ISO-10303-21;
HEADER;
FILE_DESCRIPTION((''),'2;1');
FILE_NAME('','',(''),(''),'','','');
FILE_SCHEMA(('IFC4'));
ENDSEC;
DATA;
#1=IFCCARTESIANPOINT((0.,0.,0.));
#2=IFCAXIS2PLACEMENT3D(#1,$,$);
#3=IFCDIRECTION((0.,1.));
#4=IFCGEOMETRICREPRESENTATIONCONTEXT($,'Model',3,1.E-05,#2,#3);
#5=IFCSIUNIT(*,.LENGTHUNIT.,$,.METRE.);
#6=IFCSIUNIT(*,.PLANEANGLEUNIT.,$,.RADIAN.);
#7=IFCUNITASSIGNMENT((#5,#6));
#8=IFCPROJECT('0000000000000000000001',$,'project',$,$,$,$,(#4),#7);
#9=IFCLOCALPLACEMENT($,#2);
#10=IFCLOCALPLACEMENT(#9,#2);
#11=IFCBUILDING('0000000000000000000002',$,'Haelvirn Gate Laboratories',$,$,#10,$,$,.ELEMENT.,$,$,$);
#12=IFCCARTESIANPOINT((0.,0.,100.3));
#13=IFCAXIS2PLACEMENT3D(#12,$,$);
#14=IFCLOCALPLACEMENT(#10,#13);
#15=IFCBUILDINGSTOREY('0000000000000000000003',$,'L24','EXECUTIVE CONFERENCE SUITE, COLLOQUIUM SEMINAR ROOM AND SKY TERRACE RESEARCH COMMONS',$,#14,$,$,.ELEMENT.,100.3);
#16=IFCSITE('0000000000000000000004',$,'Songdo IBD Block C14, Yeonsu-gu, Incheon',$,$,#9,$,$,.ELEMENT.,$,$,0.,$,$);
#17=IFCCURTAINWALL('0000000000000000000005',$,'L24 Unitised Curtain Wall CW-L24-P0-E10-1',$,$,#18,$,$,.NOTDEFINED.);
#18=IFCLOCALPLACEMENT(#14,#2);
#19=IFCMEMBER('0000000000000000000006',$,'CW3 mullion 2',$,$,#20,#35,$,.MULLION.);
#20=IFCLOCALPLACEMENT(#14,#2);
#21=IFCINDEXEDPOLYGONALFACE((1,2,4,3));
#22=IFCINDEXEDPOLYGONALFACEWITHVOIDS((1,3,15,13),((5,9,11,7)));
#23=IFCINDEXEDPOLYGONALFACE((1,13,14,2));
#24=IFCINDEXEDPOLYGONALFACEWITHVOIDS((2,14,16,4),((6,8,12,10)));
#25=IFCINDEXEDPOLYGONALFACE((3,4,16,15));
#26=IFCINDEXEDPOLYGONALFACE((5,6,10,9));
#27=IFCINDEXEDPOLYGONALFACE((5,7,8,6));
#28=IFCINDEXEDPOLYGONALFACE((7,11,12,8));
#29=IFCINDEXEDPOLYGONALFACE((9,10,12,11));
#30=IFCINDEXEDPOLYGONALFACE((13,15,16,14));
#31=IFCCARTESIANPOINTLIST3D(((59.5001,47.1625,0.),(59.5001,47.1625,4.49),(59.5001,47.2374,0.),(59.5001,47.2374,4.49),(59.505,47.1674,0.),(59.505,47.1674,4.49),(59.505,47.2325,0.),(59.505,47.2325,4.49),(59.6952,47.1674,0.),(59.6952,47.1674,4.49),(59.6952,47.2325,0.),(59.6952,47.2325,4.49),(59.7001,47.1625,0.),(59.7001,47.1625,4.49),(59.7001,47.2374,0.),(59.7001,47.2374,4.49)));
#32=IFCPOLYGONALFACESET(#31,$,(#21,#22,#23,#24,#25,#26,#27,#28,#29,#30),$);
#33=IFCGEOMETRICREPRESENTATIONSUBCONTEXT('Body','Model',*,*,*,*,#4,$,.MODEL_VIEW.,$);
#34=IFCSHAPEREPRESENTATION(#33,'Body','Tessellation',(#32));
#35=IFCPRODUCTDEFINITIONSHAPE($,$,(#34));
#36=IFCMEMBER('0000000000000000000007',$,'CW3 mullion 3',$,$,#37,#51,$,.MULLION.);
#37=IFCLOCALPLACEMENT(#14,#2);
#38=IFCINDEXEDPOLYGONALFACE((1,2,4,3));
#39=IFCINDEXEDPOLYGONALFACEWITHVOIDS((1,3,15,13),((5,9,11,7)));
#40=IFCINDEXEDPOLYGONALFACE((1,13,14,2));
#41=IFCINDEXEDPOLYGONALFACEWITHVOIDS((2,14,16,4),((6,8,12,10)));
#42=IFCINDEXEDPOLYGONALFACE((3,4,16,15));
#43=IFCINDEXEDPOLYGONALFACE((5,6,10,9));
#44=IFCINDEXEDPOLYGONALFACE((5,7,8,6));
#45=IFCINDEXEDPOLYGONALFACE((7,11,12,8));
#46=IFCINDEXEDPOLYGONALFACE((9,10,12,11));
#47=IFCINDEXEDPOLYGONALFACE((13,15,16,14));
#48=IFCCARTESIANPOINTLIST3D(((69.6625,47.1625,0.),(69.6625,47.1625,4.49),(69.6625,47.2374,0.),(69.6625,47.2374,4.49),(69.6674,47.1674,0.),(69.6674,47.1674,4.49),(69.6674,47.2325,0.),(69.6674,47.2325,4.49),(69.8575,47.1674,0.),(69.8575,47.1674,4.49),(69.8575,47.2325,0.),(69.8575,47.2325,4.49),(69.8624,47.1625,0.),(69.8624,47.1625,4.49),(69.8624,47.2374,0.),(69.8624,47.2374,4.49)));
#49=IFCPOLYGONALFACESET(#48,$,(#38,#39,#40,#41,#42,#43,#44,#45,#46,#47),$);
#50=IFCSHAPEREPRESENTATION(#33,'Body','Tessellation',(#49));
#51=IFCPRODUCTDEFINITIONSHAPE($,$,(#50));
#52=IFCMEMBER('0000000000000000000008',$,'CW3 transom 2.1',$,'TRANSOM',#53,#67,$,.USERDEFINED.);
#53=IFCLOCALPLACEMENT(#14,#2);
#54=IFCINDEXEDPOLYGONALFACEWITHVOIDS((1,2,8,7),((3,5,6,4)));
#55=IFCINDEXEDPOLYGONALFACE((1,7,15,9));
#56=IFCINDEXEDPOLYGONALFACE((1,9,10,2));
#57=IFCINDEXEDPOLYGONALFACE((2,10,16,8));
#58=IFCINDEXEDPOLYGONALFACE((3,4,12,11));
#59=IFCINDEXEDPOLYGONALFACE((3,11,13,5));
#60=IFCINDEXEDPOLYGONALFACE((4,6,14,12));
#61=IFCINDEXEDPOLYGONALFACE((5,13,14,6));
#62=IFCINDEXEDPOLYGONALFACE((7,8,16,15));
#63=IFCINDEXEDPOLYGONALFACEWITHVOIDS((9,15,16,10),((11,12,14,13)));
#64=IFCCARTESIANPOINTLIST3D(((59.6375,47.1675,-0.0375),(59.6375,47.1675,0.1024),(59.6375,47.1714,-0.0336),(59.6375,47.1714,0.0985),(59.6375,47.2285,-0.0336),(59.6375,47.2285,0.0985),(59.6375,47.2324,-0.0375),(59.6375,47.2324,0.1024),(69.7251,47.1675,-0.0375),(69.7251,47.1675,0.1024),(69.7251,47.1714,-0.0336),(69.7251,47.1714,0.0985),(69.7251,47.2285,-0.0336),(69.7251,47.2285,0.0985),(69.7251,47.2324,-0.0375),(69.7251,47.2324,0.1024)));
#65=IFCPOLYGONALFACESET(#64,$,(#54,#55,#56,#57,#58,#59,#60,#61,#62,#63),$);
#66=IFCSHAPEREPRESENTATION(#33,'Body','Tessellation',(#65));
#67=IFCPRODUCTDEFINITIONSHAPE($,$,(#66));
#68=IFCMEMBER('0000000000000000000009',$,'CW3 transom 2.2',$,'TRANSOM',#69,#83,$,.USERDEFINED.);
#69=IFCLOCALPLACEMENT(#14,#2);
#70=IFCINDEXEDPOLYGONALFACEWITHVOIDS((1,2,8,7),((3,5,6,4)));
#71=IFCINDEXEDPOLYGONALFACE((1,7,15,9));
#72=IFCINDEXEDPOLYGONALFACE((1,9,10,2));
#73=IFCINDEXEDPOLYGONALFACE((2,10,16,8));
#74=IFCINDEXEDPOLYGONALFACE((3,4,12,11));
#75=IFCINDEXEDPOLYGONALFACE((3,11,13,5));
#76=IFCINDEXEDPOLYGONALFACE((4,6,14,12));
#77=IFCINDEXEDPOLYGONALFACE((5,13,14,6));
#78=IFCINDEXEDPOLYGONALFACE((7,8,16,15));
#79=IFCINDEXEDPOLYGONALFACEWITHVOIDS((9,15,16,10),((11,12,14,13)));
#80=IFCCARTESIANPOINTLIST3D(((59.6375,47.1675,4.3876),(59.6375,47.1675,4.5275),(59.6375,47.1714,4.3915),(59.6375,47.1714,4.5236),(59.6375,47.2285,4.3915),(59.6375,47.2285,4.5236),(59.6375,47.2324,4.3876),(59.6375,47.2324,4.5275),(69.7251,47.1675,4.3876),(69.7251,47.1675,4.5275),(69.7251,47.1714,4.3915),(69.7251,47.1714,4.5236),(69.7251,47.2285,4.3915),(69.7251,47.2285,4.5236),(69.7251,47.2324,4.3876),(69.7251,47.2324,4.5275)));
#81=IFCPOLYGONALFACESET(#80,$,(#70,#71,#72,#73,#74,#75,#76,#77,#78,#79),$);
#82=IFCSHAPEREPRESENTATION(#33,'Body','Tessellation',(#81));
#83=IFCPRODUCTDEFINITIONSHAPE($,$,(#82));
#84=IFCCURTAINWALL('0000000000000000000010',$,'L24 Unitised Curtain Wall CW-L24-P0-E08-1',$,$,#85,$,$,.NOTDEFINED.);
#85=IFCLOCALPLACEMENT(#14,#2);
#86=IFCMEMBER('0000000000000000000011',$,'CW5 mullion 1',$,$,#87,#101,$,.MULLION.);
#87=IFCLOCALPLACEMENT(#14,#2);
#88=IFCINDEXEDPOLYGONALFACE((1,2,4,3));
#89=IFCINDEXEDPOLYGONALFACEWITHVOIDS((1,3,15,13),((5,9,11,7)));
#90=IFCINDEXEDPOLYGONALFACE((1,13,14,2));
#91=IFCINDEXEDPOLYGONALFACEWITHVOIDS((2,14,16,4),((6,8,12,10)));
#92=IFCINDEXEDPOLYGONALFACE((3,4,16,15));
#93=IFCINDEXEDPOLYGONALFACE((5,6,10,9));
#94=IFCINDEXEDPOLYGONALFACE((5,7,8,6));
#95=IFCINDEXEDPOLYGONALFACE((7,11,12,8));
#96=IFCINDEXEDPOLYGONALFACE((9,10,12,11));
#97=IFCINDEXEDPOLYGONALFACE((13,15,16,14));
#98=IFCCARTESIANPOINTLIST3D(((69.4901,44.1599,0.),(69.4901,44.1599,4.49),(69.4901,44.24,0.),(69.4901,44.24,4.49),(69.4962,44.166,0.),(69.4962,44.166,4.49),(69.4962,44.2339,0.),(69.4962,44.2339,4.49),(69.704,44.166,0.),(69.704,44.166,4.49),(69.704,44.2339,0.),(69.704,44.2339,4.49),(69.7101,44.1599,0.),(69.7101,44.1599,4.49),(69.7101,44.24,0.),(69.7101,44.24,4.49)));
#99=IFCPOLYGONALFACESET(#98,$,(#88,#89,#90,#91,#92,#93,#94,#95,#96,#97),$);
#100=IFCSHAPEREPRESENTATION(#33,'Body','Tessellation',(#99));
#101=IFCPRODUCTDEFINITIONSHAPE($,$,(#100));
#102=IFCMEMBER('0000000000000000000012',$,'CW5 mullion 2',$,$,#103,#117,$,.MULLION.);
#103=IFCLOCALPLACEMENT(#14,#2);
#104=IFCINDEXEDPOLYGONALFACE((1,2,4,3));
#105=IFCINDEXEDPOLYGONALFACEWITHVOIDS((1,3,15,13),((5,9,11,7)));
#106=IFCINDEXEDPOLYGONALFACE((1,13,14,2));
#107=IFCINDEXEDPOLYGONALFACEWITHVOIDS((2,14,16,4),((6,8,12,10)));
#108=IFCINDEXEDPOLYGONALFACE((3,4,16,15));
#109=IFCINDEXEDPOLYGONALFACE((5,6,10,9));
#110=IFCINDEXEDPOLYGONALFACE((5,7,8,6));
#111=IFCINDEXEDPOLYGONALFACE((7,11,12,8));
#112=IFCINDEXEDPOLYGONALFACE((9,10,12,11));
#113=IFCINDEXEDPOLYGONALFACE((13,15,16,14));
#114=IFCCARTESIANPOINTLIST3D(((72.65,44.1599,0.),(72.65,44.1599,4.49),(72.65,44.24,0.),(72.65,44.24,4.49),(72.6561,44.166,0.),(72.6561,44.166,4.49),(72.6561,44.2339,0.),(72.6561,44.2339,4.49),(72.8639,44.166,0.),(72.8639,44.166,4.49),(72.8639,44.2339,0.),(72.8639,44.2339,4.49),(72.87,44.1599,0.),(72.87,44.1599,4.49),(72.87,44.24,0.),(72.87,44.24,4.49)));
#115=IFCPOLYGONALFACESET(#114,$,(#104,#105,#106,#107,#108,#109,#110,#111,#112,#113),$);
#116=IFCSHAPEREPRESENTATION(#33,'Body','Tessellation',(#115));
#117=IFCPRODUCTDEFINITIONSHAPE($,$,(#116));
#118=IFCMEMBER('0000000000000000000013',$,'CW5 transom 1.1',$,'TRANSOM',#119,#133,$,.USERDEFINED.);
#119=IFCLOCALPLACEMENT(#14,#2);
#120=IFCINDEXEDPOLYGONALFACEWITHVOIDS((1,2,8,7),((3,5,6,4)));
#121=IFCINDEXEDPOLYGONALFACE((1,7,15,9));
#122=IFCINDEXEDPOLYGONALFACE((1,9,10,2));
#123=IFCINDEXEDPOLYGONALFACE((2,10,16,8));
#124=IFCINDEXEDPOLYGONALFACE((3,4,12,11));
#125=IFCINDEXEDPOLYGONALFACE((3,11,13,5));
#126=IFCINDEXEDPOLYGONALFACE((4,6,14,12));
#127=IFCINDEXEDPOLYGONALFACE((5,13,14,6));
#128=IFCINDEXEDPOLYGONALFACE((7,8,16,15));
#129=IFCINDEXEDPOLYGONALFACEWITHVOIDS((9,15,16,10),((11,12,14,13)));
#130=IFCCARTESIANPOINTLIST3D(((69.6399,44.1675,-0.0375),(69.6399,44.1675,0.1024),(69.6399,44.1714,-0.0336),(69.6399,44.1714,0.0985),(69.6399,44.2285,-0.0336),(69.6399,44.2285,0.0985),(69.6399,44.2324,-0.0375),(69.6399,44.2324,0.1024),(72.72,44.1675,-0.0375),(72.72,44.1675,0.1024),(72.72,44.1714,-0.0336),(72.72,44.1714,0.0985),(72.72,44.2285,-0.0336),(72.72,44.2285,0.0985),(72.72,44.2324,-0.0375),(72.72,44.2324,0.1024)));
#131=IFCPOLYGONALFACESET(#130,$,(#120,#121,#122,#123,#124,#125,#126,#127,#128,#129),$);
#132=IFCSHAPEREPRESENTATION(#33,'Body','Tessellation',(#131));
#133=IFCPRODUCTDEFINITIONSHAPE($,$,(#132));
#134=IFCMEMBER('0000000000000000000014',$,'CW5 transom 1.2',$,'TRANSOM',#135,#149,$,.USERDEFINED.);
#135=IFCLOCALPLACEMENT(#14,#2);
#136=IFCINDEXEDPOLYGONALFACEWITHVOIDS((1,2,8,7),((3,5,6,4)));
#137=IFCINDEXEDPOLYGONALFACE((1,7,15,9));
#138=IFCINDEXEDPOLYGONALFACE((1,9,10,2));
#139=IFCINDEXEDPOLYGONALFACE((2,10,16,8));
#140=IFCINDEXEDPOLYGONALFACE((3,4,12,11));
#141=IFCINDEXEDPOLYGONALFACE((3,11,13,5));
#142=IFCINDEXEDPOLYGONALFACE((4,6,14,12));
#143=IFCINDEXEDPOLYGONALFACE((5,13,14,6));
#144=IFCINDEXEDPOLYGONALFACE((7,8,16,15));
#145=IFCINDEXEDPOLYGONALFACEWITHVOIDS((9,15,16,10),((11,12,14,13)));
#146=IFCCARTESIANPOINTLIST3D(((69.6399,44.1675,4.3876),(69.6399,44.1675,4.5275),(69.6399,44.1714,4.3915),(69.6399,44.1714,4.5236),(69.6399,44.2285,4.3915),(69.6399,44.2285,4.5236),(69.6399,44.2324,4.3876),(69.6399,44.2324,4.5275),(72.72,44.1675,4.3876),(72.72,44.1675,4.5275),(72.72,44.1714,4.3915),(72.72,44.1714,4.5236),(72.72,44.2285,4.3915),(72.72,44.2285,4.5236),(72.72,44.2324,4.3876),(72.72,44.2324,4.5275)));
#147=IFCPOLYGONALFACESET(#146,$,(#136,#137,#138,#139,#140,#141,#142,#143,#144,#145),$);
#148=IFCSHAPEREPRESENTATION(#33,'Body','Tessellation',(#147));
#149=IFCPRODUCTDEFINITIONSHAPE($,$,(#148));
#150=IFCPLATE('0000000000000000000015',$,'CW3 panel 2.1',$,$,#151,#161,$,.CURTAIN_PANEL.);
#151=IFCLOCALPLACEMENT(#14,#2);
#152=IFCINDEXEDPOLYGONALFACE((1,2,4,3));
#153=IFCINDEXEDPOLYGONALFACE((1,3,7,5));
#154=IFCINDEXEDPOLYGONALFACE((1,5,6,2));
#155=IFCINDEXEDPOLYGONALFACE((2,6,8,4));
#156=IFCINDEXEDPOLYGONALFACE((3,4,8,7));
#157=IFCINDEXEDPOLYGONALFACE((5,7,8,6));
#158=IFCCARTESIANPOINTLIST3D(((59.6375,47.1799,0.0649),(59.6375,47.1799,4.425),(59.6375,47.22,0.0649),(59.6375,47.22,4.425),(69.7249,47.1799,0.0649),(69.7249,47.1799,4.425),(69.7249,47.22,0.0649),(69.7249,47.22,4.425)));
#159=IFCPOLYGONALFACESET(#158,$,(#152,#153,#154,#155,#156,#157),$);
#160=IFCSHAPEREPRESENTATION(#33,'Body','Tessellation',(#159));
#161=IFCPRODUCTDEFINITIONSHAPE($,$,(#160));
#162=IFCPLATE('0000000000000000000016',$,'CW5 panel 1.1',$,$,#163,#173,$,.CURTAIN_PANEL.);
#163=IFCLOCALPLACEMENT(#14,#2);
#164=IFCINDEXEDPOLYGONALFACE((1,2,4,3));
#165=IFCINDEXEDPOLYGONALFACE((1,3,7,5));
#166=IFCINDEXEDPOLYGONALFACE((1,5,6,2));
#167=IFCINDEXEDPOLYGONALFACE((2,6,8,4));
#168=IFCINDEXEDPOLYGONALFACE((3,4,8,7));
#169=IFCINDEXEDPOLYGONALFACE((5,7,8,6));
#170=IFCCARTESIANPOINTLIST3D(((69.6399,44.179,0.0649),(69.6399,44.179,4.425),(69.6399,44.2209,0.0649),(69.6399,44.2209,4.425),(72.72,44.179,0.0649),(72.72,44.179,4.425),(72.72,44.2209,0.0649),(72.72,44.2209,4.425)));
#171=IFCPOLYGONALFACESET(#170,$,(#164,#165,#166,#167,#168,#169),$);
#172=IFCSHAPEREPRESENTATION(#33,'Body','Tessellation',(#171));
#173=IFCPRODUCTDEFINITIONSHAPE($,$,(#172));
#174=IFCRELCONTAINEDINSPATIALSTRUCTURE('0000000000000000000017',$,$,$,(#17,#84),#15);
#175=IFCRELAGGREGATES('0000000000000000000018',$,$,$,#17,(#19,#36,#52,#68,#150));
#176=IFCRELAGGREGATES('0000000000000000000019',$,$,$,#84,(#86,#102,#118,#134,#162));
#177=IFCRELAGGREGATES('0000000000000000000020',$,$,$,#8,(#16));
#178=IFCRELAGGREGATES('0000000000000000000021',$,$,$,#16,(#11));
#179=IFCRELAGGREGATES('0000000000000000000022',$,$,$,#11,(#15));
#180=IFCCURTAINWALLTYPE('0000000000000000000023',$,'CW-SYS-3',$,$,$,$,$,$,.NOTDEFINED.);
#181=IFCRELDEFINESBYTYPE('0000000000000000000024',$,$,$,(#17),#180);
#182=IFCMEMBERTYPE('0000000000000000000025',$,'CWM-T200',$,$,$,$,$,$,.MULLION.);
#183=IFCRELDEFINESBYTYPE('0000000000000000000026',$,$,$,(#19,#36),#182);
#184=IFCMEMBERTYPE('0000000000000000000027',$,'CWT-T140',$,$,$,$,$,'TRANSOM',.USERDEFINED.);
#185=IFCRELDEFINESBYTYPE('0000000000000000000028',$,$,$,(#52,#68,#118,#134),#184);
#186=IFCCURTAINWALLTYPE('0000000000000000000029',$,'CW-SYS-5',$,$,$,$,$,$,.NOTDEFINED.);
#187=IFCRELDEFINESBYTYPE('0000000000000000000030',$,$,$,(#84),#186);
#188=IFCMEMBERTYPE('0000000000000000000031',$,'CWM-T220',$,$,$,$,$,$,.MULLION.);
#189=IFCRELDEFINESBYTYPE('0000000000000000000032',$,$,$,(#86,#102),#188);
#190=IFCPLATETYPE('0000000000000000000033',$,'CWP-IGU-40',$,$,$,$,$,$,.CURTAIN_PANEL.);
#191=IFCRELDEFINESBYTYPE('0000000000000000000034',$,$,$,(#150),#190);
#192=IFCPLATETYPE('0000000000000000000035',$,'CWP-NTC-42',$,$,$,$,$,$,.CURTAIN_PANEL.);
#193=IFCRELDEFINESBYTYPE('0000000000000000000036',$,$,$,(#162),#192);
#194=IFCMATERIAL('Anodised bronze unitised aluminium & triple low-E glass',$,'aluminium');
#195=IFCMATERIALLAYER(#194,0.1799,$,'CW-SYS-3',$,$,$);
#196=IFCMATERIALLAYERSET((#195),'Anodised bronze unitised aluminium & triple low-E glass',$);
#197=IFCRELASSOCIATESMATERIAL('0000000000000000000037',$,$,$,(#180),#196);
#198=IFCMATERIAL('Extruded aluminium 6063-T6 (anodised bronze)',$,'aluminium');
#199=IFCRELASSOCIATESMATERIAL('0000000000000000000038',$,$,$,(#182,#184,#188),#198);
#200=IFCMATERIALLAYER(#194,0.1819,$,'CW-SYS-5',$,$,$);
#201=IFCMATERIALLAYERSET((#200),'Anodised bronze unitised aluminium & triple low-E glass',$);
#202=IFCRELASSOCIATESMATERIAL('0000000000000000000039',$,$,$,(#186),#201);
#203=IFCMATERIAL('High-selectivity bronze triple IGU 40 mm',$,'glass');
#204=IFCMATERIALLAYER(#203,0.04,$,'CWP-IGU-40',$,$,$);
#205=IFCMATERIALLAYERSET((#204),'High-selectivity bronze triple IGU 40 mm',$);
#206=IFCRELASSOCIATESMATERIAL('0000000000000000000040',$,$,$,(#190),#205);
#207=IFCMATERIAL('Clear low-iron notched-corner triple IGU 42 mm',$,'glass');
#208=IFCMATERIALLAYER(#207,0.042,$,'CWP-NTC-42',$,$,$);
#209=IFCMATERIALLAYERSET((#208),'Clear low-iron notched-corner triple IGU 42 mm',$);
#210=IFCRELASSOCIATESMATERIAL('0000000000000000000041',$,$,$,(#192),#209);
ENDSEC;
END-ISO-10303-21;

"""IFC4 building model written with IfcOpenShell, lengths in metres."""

from ifc_helpers import new_model, si_unit, direction, frame, origin, origin_2d, place, context, subcontext, project, spatial, rectangle, hollow_rectangle, extrude, source, transform, mapped, material, layer, layer_set, material_profile, profile_set, type_object, type_shapes, element, aggregate, save


model = new_model("IFC4")

# Units and contexts
model_context = context("Model", 3, precision=1e-05, world=origin(), true_north=direction((0.0, 1.0)))
body_context = subcontext(model_context, "Body", "Model", "MODEL_VIEW")
ifc_project = project(units=[si_unit("LENGTHUNIT", "METRE"), si_unit("PLANEANGLEUNIT", "RADIAN")], contexts=[model_context])

# Site, building, storey
site_placement = place(None, origin())
site = spatial("IfcSite", under=ifc_project, at=site_placement, Name="Songdo IBD Block C14, Yeonsu-gu, Incheon", CompositionType="ELEMENT", RefElevation=0.0)
building_placement = place(site_placement, origin())
building = spatial("IfcBuilding", under=site, at=building_placement, Name="Haelvirn Gate Laboratories", CompositionType="ELEMENT")
storey_placement = place(building_placement, frame((0.0, 0.0, 100.3)))
storey = spatial("IfcBuildingStorey", under=building, at=storey_placement, Name="L24", Description="EXECUTIVE CONFERENCE SUITE, COLLOQUIUM SEMINAR ROOM AND SKY TERRACE RESEARCH COMMONS", CompositionType="ELEMENT", Elevation=100.3)

# Shared definitions
ifc_material_1 = material(Name="Anodised bronze unitised aluminium & triple low-E glass", Category="aluminium")
ifc_layer_1 = layer(ifc_material_1, 0.1799, Name="CW-SYS-3")
ifc_layer_set_1 = layer_set([ifc_layer_1], Name="Anodised bronze unitised aluminium & triple low-E glass")
curtain_wall_type_1 = type_object("IfcCurtainWallType", Name="CW-SYS-3", PredefinedType="NOTDEFINED", material=ifc_layer_set_1)
ifc_material_2 = material(Name="Extruded aluminium 6063-T6 (anodised bronze)", Category="aluminium")
ifc_material_profile_1 = material_profile(ifc_material_2, hollow_rectangle(XDim=0.075, YDim=0.2, WallThickness=0.0049, at=origin_2d()), Name="CWM-200x75x5")
ifc_profile_set_1 = profile_set([ifc_material_profile_1], Name="Extruded aluminium 6063-T6 (anodised bronze)")
member_type_1 = type_object("IfcMemberType", Name="CWM-T200", PredefinedType="MULLION", material=ifc_profile_set_1)
shared_shape_1 = source(origin(), body_context, "Body", "SweptSolid", [
    extrude(hollow_rectangle(XDim=0.075, YDim=0.2, WallThickness=0.0049, at=origin_2d()), origin(), (0.0, 0.0, 1.0), 4.49),
])
type_shapes(member_type_1, [shared_shape_1])

# Curtain walls, members
curtain_wall_1_placement = place(storey_placement, origin())
curtain_wall_1 = element("IfcCurtainWall", 1, at=curtain_wall_1_placement, inside=storey, type_object=curtain_wall_type_1, Name="L24 Unitised Curtain Wall CW-L24-P0-E10-1", PredefinedType="NOTDEFINED")
member_1_placement = place(storey_placement, frame((59.6001, 47.2, 0.0), z_axis=(0.0, 0.0, 1.0), x_axis=(0.0, 1.0, 0.0)))
member_1 = element("IfcMember", 2, at=member_1_placement, type_object=member_type_1, Name="CW3 mullion 2", PredefinedType="MULLION", context=body_context, shape_type="MappedRepresentation", body=[
    mapped(shared_shape_1, transform((0.0, 0.0, 0.0), scale=1.0)),
])
member_2_placement = place(storey_placement, frame((69.7625, 47.2, 0.0), z_axis=(0.0, 0.0, 1.0), x_axis=(0.0, 1.0, 0.0)))
member_2 = element("IfcMember", 3, at=member_2_placement, type_object=member_type_1, Name="CW3 mullion 3", PredefinedType="MULLION", context=body_context, shape_type="MappedRepresentation", body=[
    mapped(shared_shape_1, transform((0.0, 0.0, 0.0), scale=1.0)),
])
ifc_material_profile_2 = material_profile(ifc_material_2, hollow_rectangle(XDim=0.0649, YDim=0.1399, WallThickness=0.0039, at=origin_2d()), Name="CWT-140x65x4")
ifc_profile_set_2 = profile_set([ifc_material_profile_2], Name="Extruded aluminium 6063-T6 (anodised bronze)")
member_type_2 = type_object("IfcMemberType", Name="CWT-T140", ElementType="TRANSOM", PredefinedType="USERDEFINED", material=ifc_profile_set_2)
shared_shape_2 = source(origin(), body_context, "Body", "SweptSolid", [
    extrude(hollow_rectangle(XDim=0.0649, YDim=0.1399, WallThickness=0.0039, at=origin_2d()), origin(), (0.0, 0.0, 1.0), 10.0876),
])
member_3_placement = place(storey_placement, frame((59.6375, 47.2, 0.0325), z_axis=(1.0, 0.0, 0.0), x_axis=(0.0, 1.0, 0.0)))
member_3 = element("IfcMember", 4, at=member_3_placement, type_object=member_type_2, Name="CW3 transom 2.1", ObjectType="TRANSOM", PredefinedType="USERDEFINED", context=body_context, shape_type="MappedRepresentation", body=[
    mapped(shared_shape_2, transform((0.0, 0.0, 0.0), scale=1.0)),
])
member_4_placement = place(storey_placement, frame((59.6375, 47.2, 4.4575), z_axis=(1.0, 0.0, 0.0), x_axis=(0.0, 1.0, 0.0)))
member_4 = element("IfcMember", 5, at=member_4_placement, type_object=member_type_2, Name="CW3 transom 2.2", ObjectType="TRANSOM", PredefinedType="USERDEFINED", context=body_context, shape_type="MappedRepresentation", body=[
    mapped(shared_shape_2, transform((0.0, 0.0, 0.0), scale=1.0)),
])
ifc_layer_2 = layer(ifc_material_1, 0.1819, Name="CW-SYS-5")
ifc_layer_set_2 = layer_set([ifc_layer_2], Name="Anodised bronze unitised aluminium & triple low-E glass")
curtain_wall_type_2 = type_object("IfcCurtainWallType", Name="CW-SYS-5", PredefinedType="NOTDEFINED", material=ifc_layer_set_2)
curtain_wall_2_placement = place(storey_placement, origin())
curtain_wall_2 = element("IfcCurtainWall", 6, at=curtain_wall_2_placement, inside=storey, type_object=curtain_wall_type_2, Name="L24 Unitised Curtain Wall CW-L24-P0-E08-1", PredefinedType="NOTDEFINED")
ifc_material_profile_3 = material_profile(ifc_material_2, hollow_rectangle(XDim=0.0801, YDim=0.22, WallThickness=0.0061, at=origin_2d()), Name="CWM-220x80x6")
ifc_profile_set_3 = profile_set([ifc_material_profile_3], Name="Extruded aluminium 6063-T6 (anodised bronze)")
member_type_3 = type_object("IfcMemberType", Name="CWM-T220", PredefinedType="MULLION", material=ifc_profile_set_3)
shared_shape_3 = source(origin(), body_context, "Body", "SweptSolid", [
    extrude(hollow_rectangle(XDim=0.0801, YDim=0.22, WallThickness=0.0061, at=origin_2d()), origin(), (0.0, 0.0, 1.0), 4.49),
])
type_shapes(member_type_3, [shared_shape_3])
member_5_placement = place(storey_placement, frame((69.6001, 44.2, 0.0), z_axis=(0.0, 0.0, 1.0), x_axis=(0.0, 1.0, 0.0)))
member_5 = element("IfcMember", 7, at=member_5_placement, type_object=member_type_3, Name="CW5 mullion 1", PredefinedType="MULLION", context=body_context, shape_type="MappedRepresentation", body=[
    mapped(shared_shape_3, transform((0.0, 0.0, 0.0), scale=1.0)),
])
member_6_placement = place(storey_placement, frame((72.76, 44.2, 0.0), z_axis=(0.0, 0.0, 1.0), x_axis=(0.0, 1.0, 0.0)))
member_6 = element("IfcMember", 8, at=member_6_placement, type_object=member_type_3, Name="CW5 mullion 2", PredefinedType="MULLION", context=body_context, shape_type="MappedRepresentation", body=[
    mapped(shared_shape_3, transform((0.0, 0.0, 0.0), scale=1.0)),
])
shared_shape_4 = source(origin(), body_context, "Body", "SweptSolid", [
    extrude(hollow_rectangle(XDim=0.0649, YDim=0.1399, WallThickness=0.0039, at=origin_2d()), origin(), (0.0, 0.0, 1.0), 3.0801),
])
type_shapes(member_type_2, [shared_shape_2, shared_shape_4])
member_7_placement = place(storey_placement, frame((69.6399, 44.2, 0.0325), z_axis=(1.0, 0.0, 0.0), x_axis=(0.0, 1.0, 0.0)))
member_7 = element("IfcMember", 9, at=member_7_placement, type_object=member_type_2, Name="CW5 transom 1.1", ObjectType="TRANSOM", PredefinedType="USERDEFINED", context=body_context, shape_type="MappedRepresentation", body=[
    mapped(shared_shape_4, transform((0.0, 0.0, 0.0), scale=1.0)),
])
member_8_placement = place(storey_placement, frame((69.6399, 44.2, 4.4575), z_axis=(1.0, 0.0, 0.0), x_axis=(0.0, 1.0, 0.0)))
member_8 = element("IfcMember", 10, at=member_8_placement, type_object=member_type_2, Name="CW5 transom 1.2", ObjectType="TRANSOM", PredefinedType="USERDEFINED", context=body_context, shape_type="MappedRepresentation", body=[
    mapped(shared_shape_4, transform((0.0, 0.0, 0.0), scale=1.0)),
])

# Plates
ifc_material_3 = material(Name="High-selectivity bronze triple IGU 40 mm", Category="glass")
ifc_layer_3 = layer(ifc_material_3, 0.04, Name="CWP-IGU-40")
ifc_layer_set_3 = layer_set([ifc_layer_3], Name="High-selectivity bronze triple IGU 40 mm")
plate_type_1 = type_object("IfcPlateType", Name="CWP-IGU-40", PredefinedType="CURTAIN_PANEL", material=ifc_layer_set_3)
shared_shape_5 = source(origin(), body_context, "Body", "SweptSolid", [
    extrude(rectangle(XDim=10.0874, YDim=0.04, at=origin_2d()), origin(), (0.0, 0.0, 1.0), 4.3601),
])
plate_1_placement = place(storey_placement, frame((64.6812, 47.2, 0.0649), z_axis=(0.0, 0.0, 1.0), x_axis=(1.0, 0.0, 0.0)))
plate_1 = element("IfcPlate", 11, at=plate_1_placement, type_object=plate_type_1, Name="CW3 panel 2.1", PredefinedType="CURTAIN_PANEL", context=body_context, shape_type="MappedRepresentation", body=[
    mapped(shared_shape_5, transform((0.0, 0.0, 0.0), scale=1.0)),
])
aggregate(curtain_wall_1, [member_1, member_2, member_3, member_4, plate_1])
ifc_material_4 = material(Name="Clear low-iron notched-corner triple IGU 42 mm", Category="glass")
ifc_layer_4 = layer(ifc_material_4, 0.042, Name="CWP-NTC-42")
ifc_layer_set_4 = layer_set([ifc_layer_4], Name="Clear low-iron notched-corner triple IGU 42 mm")
plate_type_2 = type_object("IfcPlateType", Name="CWP-NTC-42", PredefinedType="CURTAIN_PANEL", material=ifc_layer_set_4)
shared_shape_6 = source(origin(), body_context, "Body", "SweptSolid", [
    extrude(rectangle(XDim=3.0801, YDim=0.042, at=origin_2d()), origin(), (0.0, 0.0, 1.0), 4.3601),
])
type_shapes(plate_type_2, [shared_shape_6])
plate_2_placement = place(storey_placement, frame((71.1799, 44.2, 0.0649), z_axis=(0.0, 0.0, 1.0), x_axis=(1.0, 0.0, 0.0)))
plate_2 = element("IfcPlate", 12, at=plate_2_placement, type_object=plate_type_2, Name="CW5 panel 1.1", PredefinedType="CURTAIN_PANEL", context=body_context, shape_type="MappedRepresentation", body=[
    mapped(shared_shape_6, transform((0.0, 0.0, 0.0), scale=1.0)),
])
aggregate(curtain_wall_2, [member_5, member_6, member_7, member_8, plate_2])

save(model, "model.ifc")
